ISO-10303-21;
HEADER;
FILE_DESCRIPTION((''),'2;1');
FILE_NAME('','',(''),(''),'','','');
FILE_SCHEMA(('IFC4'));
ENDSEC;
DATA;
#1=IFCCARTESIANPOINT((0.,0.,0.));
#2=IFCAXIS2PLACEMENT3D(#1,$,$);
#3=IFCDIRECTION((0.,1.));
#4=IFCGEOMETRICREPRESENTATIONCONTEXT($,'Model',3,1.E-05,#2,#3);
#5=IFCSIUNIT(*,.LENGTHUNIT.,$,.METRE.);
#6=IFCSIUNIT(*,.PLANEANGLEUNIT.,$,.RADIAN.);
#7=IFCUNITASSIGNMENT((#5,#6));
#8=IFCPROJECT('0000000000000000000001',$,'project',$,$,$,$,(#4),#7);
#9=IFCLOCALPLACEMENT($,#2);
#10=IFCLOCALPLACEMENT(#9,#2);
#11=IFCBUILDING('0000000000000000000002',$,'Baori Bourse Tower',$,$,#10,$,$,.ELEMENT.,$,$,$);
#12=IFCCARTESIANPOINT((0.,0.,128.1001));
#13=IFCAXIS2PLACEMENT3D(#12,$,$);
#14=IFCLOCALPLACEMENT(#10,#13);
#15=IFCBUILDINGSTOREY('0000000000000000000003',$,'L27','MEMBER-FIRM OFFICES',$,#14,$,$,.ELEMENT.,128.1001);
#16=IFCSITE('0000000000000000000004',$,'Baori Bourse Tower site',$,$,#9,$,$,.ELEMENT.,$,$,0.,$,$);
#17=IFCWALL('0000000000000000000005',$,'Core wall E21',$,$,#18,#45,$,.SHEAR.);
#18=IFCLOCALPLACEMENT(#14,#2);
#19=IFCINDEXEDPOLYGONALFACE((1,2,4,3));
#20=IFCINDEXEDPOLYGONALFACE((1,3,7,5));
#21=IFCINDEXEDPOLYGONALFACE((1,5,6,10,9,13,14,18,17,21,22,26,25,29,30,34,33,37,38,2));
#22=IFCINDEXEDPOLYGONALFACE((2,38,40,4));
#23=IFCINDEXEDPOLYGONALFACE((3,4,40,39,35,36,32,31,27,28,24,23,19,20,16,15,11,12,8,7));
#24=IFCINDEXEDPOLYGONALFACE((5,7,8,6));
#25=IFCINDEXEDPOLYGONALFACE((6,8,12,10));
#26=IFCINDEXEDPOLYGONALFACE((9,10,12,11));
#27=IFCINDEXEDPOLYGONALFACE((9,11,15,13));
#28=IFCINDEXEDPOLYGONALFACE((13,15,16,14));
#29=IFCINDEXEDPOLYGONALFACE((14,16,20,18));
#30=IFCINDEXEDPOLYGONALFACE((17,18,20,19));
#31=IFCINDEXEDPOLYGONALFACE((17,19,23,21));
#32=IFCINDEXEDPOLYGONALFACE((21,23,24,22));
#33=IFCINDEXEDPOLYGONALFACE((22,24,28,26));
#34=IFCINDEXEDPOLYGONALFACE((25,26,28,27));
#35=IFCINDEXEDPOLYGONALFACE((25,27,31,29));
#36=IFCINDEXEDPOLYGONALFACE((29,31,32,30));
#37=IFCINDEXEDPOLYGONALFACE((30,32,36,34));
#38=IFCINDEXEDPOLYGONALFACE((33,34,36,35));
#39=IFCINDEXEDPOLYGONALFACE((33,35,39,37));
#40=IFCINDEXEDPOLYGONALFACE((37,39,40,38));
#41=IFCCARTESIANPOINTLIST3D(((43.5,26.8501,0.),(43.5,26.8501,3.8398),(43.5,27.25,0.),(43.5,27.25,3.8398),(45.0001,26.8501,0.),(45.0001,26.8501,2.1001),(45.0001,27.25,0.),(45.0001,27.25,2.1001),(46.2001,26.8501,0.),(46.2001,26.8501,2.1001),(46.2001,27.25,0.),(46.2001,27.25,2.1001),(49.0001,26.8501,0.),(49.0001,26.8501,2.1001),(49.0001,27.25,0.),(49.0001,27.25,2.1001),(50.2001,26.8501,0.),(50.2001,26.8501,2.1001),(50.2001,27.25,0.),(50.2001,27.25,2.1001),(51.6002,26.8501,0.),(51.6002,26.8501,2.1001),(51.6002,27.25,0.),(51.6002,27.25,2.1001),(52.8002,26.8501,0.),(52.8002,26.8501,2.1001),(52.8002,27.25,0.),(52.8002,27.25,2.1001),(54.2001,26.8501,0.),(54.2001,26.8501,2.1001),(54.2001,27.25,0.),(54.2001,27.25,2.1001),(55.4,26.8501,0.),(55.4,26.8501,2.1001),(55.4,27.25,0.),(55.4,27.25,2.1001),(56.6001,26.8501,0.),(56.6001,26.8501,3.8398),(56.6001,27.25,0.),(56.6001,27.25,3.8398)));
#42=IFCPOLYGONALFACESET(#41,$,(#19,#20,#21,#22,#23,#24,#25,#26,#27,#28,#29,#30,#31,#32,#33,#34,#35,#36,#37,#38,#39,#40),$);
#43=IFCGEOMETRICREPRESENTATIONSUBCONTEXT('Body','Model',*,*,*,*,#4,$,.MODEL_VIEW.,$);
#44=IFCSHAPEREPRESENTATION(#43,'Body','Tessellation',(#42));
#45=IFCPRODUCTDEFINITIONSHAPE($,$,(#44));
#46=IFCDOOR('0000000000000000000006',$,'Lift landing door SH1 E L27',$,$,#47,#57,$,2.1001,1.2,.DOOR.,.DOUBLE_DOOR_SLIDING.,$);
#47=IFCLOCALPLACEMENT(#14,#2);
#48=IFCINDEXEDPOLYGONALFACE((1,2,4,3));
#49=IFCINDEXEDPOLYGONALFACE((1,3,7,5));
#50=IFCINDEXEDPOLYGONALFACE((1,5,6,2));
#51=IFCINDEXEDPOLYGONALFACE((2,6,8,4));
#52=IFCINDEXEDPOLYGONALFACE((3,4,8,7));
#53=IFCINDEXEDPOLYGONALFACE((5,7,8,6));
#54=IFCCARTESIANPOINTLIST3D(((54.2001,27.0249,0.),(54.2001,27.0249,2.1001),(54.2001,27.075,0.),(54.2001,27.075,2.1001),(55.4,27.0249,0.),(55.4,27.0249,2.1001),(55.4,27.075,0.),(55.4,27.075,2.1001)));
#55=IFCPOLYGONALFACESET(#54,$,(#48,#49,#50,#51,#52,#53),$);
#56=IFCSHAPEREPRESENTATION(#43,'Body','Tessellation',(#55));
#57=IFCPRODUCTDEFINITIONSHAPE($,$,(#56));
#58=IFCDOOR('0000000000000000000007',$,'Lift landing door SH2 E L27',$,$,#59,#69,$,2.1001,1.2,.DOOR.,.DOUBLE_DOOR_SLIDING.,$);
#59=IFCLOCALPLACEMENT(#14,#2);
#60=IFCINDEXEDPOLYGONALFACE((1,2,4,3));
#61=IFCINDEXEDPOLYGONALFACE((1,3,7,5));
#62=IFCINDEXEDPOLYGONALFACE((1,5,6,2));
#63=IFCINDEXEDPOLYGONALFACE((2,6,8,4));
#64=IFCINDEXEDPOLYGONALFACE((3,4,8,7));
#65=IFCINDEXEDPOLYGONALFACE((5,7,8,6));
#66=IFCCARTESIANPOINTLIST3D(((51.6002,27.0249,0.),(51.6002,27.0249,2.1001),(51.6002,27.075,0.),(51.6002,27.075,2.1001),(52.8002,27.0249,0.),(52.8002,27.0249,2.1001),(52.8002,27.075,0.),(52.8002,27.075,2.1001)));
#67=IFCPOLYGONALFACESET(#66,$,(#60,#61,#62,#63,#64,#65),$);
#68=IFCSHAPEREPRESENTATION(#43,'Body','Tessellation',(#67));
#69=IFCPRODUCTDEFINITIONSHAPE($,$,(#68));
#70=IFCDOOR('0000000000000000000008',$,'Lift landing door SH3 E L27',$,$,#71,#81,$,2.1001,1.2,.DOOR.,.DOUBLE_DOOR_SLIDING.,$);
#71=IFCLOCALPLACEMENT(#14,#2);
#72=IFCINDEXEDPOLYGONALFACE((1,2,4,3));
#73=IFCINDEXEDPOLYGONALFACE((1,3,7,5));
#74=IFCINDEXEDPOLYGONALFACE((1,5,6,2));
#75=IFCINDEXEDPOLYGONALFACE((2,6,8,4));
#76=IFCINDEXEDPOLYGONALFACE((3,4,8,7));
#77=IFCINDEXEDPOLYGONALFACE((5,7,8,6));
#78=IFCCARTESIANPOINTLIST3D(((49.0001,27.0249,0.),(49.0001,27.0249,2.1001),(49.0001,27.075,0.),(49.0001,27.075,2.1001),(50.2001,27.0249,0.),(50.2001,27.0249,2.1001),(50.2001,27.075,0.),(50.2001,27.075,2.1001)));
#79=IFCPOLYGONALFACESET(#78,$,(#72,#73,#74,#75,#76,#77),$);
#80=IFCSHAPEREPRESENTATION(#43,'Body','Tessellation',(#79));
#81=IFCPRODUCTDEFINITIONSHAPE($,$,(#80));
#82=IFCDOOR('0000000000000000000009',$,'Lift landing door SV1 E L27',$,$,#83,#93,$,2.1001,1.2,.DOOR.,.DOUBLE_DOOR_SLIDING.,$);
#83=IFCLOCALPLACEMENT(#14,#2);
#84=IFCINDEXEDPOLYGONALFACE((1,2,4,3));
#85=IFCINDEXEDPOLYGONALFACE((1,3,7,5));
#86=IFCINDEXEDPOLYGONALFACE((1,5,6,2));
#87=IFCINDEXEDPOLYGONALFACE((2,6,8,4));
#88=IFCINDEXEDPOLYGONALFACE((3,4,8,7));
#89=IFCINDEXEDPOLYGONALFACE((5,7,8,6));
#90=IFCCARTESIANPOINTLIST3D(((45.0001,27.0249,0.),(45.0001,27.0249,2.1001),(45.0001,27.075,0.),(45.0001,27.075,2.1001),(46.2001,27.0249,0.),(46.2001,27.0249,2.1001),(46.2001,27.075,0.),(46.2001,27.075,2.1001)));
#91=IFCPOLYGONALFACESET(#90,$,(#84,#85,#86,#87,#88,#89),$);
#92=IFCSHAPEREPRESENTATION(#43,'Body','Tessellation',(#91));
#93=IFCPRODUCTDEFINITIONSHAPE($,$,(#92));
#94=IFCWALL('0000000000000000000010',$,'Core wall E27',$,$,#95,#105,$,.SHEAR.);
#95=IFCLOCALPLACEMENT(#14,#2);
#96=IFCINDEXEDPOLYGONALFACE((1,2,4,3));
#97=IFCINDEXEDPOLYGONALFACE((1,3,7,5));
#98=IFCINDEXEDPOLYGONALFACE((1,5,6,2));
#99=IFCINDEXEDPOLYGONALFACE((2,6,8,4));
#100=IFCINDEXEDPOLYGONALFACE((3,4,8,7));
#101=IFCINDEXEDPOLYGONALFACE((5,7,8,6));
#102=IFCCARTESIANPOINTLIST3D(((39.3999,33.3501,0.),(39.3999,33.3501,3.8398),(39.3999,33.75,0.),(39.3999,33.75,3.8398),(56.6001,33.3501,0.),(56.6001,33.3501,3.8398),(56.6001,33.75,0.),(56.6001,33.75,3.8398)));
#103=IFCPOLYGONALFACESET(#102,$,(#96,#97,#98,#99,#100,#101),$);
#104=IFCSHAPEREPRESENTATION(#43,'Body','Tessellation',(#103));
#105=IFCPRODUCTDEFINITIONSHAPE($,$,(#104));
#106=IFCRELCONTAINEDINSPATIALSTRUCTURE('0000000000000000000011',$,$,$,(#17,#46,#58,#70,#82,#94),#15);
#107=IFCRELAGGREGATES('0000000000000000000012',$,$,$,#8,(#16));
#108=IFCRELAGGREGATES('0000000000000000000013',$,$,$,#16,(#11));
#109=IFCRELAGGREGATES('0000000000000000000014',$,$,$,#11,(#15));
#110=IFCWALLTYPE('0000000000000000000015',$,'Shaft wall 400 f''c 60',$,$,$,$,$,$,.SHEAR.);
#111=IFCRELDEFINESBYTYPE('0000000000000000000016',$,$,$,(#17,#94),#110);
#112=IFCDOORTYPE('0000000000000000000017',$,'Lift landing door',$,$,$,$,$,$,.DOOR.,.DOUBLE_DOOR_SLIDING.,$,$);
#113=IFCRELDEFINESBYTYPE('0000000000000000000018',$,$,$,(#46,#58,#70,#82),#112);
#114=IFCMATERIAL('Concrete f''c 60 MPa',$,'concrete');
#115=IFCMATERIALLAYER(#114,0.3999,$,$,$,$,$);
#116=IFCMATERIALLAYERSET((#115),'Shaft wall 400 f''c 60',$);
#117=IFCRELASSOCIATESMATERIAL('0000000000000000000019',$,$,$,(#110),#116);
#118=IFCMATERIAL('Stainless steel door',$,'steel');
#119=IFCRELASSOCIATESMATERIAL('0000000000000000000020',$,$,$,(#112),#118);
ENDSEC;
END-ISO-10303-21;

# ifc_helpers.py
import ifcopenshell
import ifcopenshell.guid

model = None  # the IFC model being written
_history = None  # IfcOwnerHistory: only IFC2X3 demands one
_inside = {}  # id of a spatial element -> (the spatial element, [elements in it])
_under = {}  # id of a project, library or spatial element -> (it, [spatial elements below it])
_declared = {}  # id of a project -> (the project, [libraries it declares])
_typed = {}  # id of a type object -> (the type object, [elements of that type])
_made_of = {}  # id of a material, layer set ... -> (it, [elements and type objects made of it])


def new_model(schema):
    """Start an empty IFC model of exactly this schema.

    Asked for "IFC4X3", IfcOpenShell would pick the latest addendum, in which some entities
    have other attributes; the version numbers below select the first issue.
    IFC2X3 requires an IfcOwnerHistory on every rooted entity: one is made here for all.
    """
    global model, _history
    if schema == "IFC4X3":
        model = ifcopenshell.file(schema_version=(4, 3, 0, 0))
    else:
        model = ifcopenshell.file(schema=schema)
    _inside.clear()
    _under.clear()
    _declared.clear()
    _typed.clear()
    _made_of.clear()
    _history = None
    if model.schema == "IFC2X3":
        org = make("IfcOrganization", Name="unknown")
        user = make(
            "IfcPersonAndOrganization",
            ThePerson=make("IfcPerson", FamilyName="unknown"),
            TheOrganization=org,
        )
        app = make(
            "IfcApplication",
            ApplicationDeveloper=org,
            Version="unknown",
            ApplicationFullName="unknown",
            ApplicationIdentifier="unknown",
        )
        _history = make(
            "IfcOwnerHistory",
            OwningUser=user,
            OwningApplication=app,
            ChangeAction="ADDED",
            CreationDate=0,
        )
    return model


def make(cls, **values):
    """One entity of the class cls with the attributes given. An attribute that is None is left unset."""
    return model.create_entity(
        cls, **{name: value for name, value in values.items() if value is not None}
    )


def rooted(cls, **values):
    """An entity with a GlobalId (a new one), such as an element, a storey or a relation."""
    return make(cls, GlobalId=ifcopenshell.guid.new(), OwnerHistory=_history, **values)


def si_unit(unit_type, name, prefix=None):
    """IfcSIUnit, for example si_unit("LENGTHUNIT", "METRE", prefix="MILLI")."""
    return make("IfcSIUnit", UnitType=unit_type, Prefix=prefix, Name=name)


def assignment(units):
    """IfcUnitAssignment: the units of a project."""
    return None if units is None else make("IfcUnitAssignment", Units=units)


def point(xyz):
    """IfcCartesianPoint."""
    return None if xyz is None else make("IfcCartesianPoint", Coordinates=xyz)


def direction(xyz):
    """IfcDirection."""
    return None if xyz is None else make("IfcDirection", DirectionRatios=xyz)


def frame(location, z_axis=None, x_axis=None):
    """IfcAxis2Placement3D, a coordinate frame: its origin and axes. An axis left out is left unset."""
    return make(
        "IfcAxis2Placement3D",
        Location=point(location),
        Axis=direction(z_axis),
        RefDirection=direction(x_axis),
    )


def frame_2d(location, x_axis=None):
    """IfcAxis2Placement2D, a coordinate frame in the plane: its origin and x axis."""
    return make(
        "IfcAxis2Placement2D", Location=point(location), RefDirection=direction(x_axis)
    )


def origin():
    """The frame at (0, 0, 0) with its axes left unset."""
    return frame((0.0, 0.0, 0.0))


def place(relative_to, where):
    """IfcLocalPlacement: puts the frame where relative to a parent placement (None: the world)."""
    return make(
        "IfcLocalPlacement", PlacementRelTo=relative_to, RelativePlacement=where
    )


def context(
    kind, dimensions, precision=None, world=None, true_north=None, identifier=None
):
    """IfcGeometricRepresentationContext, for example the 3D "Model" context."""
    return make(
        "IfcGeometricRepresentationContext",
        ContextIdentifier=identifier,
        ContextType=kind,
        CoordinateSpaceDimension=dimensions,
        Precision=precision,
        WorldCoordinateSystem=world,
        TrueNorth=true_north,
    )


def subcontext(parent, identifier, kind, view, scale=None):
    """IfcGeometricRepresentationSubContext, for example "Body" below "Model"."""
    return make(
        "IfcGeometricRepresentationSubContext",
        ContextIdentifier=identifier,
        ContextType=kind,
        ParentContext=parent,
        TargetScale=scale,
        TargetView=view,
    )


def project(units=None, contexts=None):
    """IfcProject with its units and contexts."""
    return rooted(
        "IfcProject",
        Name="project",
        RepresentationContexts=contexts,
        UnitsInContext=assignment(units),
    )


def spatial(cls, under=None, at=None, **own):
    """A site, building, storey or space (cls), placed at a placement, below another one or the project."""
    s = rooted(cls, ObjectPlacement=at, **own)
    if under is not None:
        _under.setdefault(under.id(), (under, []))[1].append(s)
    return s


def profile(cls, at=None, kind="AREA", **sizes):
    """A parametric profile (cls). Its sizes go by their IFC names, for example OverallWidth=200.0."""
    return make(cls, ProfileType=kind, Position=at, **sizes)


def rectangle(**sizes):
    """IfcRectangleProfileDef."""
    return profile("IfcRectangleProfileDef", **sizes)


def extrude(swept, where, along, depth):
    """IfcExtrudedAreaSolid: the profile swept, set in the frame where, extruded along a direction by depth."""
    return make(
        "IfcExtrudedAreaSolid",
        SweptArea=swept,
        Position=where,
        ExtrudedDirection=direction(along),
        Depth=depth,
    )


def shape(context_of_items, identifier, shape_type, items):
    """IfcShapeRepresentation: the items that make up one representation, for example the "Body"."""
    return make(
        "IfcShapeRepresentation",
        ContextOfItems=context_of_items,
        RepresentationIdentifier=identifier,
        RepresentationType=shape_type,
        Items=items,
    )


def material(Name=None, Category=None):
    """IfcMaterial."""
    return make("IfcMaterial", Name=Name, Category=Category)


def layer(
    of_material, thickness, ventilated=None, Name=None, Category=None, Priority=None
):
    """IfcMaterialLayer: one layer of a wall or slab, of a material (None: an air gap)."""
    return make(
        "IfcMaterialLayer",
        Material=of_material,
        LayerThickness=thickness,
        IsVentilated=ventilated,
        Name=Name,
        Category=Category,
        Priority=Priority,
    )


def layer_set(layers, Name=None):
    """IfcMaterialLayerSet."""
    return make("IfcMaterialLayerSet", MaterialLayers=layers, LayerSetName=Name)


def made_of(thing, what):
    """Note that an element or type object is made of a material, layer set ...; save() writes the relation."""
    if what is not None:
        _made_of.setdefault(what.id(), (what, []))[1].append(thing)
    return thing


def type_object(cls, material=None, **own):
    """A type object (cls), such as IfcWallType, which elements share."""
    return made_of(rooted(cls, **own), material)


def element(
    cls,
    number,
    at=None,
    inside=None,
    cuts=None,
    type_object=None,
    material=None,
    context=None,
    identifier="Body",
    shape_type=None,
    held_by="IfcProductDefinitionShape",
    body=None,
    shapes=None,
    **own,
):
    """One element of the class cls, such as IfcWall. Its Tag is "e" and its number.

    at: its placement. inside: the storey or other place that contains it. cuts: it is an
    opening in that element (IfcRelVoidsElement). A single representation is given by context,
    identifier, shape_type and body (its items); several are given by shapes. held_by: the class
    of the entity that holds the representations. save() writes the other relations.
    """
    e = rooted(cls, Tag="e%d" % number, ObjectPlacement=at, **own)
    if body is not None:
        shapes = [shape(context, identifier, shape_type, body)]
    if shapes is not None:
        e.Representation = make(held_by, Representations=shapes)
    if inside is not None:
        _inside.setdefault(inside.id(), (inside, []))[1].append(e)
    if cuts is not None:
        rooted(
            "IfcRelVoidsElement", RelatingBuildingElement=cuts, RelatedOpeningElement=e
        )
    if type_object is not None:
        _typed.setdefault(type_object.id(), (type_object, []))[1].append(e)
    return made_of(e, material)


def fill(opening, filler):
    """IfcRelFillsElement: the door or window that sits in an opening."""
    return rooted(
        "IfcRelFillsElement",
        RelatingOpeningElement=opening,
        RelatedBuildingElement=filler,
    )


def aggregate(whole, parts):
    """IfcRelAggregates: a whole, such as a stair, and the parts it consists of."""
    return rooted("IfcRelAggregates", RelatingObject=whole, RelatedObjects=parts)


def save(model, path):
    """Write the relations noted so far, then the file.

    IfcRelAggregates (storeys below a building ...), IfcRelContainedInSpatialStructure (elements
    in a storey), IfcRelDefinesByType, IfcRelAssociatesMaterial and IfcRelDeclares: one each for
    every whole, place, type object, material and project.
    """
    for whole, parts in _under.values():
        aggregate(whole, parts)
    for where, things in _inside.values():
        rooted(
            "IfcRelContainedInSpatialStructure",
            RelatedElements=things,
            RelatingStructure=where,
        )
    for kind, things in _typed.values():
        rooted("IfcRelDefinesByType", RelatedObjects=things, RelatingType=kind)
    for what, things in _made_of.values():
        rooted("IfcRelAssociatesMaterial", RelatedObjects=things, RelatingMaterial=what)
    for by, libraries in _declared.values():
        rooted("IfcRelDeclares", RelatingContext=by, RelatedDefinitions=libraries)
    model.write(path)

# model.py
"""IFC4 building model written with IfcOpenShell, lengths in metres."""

from ifc_helpers import new_model, si_unit, direction, frame, frame_2d, origin, place, context, subcontext, project, spatial, rectangle, extrude, material, layer, layer_set, type_object, element, fill, save


model = new_model("IFC4")

# Units and contexts
model_context = context("Model", 3, precision=1e-05, world=origin(), true_north=direction((0.0, 1.0)))
body_context = subcontext(model_context, "Body", "Model", "MODEL_VIEW")
ifc_project = project(units=[si_unit("LENGTHUNIT", "METRE"), si_unit("PLANEANGLEUNIT", "RADIAN")], contexts=[model_context])

# Site, building, storey
site_placement = place(None, origin())
site = spatial("IfcSite", under=ifc_project, at=site_placement, Name="Baori Bourse Tower site", CompositionType="ELEMENT", RefElevation=0.0)
building_placement = place(site_placement, origin())
building = spatial("IfcBuilding", under=site, at=building_placement, Name="Baori Bourse Tower", CompositionType="ELEMENT")
storey_placement = place(building_placement, frame((0.0, 0.0, 128.1001)))
storey = spatial("IfcBuildingStorey", under=building, at=storey_placement, Name="L27", Description="MEMBER-FIRM OFFICES", CompositionType="ELEMENT", Elevation=128.1001)

# Wall, openings, doors
ifc_material_1 = material(Name="Concrete f'c 60 MPa", Category="concrete")
ifc_layer_1 = layer(ifc_material_1, 0.3999)
ifc_layer_set_1 = layer_set([ifc_layer_1], Name="Shaft wall 400 f'c 60")
wall_type_1 = type_object("IfcWallType", Name="Shaft wall 400 f'c 60", PredefinedType="SHEAR", material=ifc_layer_set_1)
wall_1_placement = place(storey_placement, frame((43.5, 27.05, 0.0), z_axis=(0.0, 0.0, 1.0), x_axis=(1.0, 0.0, 0.0)))
wall_1 = element("IfcWall", 1, at=wall_1_placement, inside=storey, type_object=wall_type_1, Name="Core wall E21", PredefinedType="SHEAR", context=body_context, shape_type="SweptSolid", body=[
    extrude(rectangle(XDim=13.1001, YDim=0.3999, at=frame_2d((6.55, 0.0))), origin(), (0.0, 0.0, 1.0), 3.8398),
])
opening_1_placement = place(wall_1_placement, frame((10.7, 0.0, 0.0)))
opening_1 = element("IfcOpeningElement", 2, at=opening_1_placement, cuts=wall_1, PredefinedType="OPENING", context=body_context, shape_type="SweptSolid", body=[
    extrude(rectangle(XDim=1.2, YDim=2.1001, at=frame_2d((0.6001, 1.05))), frame((0.0, 0.21, 0.0), z_axis=(0.0, -1.0, 0.0), x_axis=(1.0, 0.0, 0.0)), (0.0, 0.0, 1.0), 0.4199),
])
opening_2_placement = place(wall_1_placement, frame((8.1001, 0.0, 0.0)))
opening_2 = element("IfcOpeningElement", 3, at=opening_2_placement, cuts=wall_1, PredefinedType="OPENING", context=body_context, shape_type="SweptSolid", body=[
    extrude(rectangle(XDim=1.2, YDim=2.1001, at=frame_2d((0.6001, 1.05))), frame((0.0, 0.21, 0.0), z_axis=(0.0, -1.0, 0.0), x_axis=(1.0, 0.0, 0.0)), (0.0, 0.0, 1.0), 0.4199),
])
opening_3_placement = place(wall_1_placement, frame((5.5, 0.0, 0.0)))
opening_3 = element("IfcOpeningElement", 4, at=opening_3_placement, cuts=wall_1, PredefinedType="OPENING", context=body_context, shape_type="SweptSolid", body=[
    extrude(rectangle(XDim=1.2, YDim=2.1001, at=frame_2d((0.6001, 1.05))), frame((0.0, 0.21, 0.0), z_axis=(0.0, -1.0, 0.0), x_axis=(1.0, 0.0, 0.0)), (0.0, 0.0, 1.0), 0.4199),
])
opening_4_placement = place(wall_1_placement, frame((1.5, 0.0, 0.0)))
opening_4 = element("IfcOpeningElement", 5, at=opening_4_placement, cuts=wall_1, PredefinedType="OPENING", context=body_context, shape_type="SweptSolid", body=[
    extrude(rectangle(XDim=1.2, YDim=2.1001, at=frame_2d((0.6001, 1.05))), frame((0.0, 0.21, 0.0), z_axis=(0.0, -1.0, 0.0), x_axis=(1.0, 0.0, 0.0)), (0.0, 0.0, 1.0), 0.4199),
])
ifc_material_2 = material(Name="Stainless steel door", Category="steel")
door_type_1 = type_object("IfcDoorType", Name="Lift landing door", OperationType="DOUBLE_DOOR_SLIDING", PredefinedType="DOOR", material=ifc_material_2)
door_1_placement = place(opening_1_placement, origin())
door_1 = element("IfcDoor", 6, at=door_1_placement, inside=storey, type_object=door_type_1, Name="Lift landing door SH1 E L27", OperationType="DOUBLE_DOOR_SLIDING", OverallHeight=2.1001, OverallWidth=1.2, PredefinedType="DOOR", context=body_context, shape_type="SweptSolid", body=[
    extrude(rectangle(XDim=1.2, YDim=2.1001, at=frame_2d((0.6001, 1.05))), frame((0.0, 0.0249, 0.0), z_axis=(0.0, -1.0, 0.0), x_axis=(1.0, 0.0, 0.0)), (0.0, 0.0, 1.0), 0.05),
])
fill(opening_1, door_1)
door_2_placement = place(opening_2_placement, origin())
door_2 = element("IfcDoor", 7, at=door_2_placement, inside=storey, type_object=door_type_1, Name="Lift landing door SH2 E L27", OperationType="DOUBLE_DOOR_SLIDING", OverallHeight=2.1001, OverallWidth=1.2, PredefinedType="DOOR", context=body_context, shape_type="SweptSolid", body=[
    extrude(rectangle(XDim=1.2, YDim=2.1001, at=frame_2d((0.6001, 1.05))), frame((0.0, 0.0249, 0.0), z_axis=(0.0, -1.0, 0.0), x_axis=(1.0, 0.0, 0.0)), (0.0, 0.0, 1.0), 0.05),
])
fill(opening_2, door_2)
door_3_placement = place(opening_3_placement, origin())
door_3 = element("IfcDoor", 8, at=door_3_placement, inside=storey, type_object=door_type_1, Name="Lift landing door SH3 E L27", OperationType="DOUBLE_DOOR_SLIDING", OverallHeight=2.1001, OverallWidth=1.2, PredefinedType="DOOR", context=body_context, shape_type="SweptSolid", body=[
    extrude(rectangle(XDim=1.2, YDim=2.1001, at=frame_2d((0.6001, 1.05))), frame((0.0, 0.0249, 0.0), z_axis=(0.0, -1.0, 0.0), x_axis=(1.0, 0.0, 0.0)), (0.0, 0.0, 1.0), 0.05),
])
fill(opening_3, door_3)
door_4_placement = place(opening_4_placement, origin())
door_4 = element("IfcDoor", 9, at=door_4_placement, inside=storey, type_object=door_type_1, Name="Lift landing door SV1 E L27", OperationType="DOUBLE_DOOR_SLIDING", OverallHeight=2.1001, OverallWidth=1.2, PredefinedType="DOOR", context=body_context, shape_type="SweptSolid", body=[
    extrude(rectangle(XDim=1.2, YDim=2.1001, at=frame_2d((0.6001, 1.05))), frame((0.0, 0.0249, 0.0), z_axis=(0.0, -1.0, 0.0), x_axis=(1.0, 0.0, 0.0)), (0.0, 0.0, 1.0), 0.05),
])
fill(opening_4, door_4)

# Wall
wall_2_placement = place(storey_placement, frame((39.3999, 33.55, 0.0), z_axis=(0.0, 0.0, 1.0), x_axis=(1.0, 0.0, 0.0)))
element("IfcWall", 10, at=wall_2_placement, inside=storey, type_object=wall_type_1, Name="Core wall E27", PredefinedType="SHEAR", context=body_context, shape_type="SweptSolid", body=[
    extrude(rectangle(XDim=17.2002, YDim=0.3999, at=frame_2d((8.6001, 0.0))), origin(), (0.0, 0.0, 1.0), 3.8398),
])

save(model, "model.ifc")
